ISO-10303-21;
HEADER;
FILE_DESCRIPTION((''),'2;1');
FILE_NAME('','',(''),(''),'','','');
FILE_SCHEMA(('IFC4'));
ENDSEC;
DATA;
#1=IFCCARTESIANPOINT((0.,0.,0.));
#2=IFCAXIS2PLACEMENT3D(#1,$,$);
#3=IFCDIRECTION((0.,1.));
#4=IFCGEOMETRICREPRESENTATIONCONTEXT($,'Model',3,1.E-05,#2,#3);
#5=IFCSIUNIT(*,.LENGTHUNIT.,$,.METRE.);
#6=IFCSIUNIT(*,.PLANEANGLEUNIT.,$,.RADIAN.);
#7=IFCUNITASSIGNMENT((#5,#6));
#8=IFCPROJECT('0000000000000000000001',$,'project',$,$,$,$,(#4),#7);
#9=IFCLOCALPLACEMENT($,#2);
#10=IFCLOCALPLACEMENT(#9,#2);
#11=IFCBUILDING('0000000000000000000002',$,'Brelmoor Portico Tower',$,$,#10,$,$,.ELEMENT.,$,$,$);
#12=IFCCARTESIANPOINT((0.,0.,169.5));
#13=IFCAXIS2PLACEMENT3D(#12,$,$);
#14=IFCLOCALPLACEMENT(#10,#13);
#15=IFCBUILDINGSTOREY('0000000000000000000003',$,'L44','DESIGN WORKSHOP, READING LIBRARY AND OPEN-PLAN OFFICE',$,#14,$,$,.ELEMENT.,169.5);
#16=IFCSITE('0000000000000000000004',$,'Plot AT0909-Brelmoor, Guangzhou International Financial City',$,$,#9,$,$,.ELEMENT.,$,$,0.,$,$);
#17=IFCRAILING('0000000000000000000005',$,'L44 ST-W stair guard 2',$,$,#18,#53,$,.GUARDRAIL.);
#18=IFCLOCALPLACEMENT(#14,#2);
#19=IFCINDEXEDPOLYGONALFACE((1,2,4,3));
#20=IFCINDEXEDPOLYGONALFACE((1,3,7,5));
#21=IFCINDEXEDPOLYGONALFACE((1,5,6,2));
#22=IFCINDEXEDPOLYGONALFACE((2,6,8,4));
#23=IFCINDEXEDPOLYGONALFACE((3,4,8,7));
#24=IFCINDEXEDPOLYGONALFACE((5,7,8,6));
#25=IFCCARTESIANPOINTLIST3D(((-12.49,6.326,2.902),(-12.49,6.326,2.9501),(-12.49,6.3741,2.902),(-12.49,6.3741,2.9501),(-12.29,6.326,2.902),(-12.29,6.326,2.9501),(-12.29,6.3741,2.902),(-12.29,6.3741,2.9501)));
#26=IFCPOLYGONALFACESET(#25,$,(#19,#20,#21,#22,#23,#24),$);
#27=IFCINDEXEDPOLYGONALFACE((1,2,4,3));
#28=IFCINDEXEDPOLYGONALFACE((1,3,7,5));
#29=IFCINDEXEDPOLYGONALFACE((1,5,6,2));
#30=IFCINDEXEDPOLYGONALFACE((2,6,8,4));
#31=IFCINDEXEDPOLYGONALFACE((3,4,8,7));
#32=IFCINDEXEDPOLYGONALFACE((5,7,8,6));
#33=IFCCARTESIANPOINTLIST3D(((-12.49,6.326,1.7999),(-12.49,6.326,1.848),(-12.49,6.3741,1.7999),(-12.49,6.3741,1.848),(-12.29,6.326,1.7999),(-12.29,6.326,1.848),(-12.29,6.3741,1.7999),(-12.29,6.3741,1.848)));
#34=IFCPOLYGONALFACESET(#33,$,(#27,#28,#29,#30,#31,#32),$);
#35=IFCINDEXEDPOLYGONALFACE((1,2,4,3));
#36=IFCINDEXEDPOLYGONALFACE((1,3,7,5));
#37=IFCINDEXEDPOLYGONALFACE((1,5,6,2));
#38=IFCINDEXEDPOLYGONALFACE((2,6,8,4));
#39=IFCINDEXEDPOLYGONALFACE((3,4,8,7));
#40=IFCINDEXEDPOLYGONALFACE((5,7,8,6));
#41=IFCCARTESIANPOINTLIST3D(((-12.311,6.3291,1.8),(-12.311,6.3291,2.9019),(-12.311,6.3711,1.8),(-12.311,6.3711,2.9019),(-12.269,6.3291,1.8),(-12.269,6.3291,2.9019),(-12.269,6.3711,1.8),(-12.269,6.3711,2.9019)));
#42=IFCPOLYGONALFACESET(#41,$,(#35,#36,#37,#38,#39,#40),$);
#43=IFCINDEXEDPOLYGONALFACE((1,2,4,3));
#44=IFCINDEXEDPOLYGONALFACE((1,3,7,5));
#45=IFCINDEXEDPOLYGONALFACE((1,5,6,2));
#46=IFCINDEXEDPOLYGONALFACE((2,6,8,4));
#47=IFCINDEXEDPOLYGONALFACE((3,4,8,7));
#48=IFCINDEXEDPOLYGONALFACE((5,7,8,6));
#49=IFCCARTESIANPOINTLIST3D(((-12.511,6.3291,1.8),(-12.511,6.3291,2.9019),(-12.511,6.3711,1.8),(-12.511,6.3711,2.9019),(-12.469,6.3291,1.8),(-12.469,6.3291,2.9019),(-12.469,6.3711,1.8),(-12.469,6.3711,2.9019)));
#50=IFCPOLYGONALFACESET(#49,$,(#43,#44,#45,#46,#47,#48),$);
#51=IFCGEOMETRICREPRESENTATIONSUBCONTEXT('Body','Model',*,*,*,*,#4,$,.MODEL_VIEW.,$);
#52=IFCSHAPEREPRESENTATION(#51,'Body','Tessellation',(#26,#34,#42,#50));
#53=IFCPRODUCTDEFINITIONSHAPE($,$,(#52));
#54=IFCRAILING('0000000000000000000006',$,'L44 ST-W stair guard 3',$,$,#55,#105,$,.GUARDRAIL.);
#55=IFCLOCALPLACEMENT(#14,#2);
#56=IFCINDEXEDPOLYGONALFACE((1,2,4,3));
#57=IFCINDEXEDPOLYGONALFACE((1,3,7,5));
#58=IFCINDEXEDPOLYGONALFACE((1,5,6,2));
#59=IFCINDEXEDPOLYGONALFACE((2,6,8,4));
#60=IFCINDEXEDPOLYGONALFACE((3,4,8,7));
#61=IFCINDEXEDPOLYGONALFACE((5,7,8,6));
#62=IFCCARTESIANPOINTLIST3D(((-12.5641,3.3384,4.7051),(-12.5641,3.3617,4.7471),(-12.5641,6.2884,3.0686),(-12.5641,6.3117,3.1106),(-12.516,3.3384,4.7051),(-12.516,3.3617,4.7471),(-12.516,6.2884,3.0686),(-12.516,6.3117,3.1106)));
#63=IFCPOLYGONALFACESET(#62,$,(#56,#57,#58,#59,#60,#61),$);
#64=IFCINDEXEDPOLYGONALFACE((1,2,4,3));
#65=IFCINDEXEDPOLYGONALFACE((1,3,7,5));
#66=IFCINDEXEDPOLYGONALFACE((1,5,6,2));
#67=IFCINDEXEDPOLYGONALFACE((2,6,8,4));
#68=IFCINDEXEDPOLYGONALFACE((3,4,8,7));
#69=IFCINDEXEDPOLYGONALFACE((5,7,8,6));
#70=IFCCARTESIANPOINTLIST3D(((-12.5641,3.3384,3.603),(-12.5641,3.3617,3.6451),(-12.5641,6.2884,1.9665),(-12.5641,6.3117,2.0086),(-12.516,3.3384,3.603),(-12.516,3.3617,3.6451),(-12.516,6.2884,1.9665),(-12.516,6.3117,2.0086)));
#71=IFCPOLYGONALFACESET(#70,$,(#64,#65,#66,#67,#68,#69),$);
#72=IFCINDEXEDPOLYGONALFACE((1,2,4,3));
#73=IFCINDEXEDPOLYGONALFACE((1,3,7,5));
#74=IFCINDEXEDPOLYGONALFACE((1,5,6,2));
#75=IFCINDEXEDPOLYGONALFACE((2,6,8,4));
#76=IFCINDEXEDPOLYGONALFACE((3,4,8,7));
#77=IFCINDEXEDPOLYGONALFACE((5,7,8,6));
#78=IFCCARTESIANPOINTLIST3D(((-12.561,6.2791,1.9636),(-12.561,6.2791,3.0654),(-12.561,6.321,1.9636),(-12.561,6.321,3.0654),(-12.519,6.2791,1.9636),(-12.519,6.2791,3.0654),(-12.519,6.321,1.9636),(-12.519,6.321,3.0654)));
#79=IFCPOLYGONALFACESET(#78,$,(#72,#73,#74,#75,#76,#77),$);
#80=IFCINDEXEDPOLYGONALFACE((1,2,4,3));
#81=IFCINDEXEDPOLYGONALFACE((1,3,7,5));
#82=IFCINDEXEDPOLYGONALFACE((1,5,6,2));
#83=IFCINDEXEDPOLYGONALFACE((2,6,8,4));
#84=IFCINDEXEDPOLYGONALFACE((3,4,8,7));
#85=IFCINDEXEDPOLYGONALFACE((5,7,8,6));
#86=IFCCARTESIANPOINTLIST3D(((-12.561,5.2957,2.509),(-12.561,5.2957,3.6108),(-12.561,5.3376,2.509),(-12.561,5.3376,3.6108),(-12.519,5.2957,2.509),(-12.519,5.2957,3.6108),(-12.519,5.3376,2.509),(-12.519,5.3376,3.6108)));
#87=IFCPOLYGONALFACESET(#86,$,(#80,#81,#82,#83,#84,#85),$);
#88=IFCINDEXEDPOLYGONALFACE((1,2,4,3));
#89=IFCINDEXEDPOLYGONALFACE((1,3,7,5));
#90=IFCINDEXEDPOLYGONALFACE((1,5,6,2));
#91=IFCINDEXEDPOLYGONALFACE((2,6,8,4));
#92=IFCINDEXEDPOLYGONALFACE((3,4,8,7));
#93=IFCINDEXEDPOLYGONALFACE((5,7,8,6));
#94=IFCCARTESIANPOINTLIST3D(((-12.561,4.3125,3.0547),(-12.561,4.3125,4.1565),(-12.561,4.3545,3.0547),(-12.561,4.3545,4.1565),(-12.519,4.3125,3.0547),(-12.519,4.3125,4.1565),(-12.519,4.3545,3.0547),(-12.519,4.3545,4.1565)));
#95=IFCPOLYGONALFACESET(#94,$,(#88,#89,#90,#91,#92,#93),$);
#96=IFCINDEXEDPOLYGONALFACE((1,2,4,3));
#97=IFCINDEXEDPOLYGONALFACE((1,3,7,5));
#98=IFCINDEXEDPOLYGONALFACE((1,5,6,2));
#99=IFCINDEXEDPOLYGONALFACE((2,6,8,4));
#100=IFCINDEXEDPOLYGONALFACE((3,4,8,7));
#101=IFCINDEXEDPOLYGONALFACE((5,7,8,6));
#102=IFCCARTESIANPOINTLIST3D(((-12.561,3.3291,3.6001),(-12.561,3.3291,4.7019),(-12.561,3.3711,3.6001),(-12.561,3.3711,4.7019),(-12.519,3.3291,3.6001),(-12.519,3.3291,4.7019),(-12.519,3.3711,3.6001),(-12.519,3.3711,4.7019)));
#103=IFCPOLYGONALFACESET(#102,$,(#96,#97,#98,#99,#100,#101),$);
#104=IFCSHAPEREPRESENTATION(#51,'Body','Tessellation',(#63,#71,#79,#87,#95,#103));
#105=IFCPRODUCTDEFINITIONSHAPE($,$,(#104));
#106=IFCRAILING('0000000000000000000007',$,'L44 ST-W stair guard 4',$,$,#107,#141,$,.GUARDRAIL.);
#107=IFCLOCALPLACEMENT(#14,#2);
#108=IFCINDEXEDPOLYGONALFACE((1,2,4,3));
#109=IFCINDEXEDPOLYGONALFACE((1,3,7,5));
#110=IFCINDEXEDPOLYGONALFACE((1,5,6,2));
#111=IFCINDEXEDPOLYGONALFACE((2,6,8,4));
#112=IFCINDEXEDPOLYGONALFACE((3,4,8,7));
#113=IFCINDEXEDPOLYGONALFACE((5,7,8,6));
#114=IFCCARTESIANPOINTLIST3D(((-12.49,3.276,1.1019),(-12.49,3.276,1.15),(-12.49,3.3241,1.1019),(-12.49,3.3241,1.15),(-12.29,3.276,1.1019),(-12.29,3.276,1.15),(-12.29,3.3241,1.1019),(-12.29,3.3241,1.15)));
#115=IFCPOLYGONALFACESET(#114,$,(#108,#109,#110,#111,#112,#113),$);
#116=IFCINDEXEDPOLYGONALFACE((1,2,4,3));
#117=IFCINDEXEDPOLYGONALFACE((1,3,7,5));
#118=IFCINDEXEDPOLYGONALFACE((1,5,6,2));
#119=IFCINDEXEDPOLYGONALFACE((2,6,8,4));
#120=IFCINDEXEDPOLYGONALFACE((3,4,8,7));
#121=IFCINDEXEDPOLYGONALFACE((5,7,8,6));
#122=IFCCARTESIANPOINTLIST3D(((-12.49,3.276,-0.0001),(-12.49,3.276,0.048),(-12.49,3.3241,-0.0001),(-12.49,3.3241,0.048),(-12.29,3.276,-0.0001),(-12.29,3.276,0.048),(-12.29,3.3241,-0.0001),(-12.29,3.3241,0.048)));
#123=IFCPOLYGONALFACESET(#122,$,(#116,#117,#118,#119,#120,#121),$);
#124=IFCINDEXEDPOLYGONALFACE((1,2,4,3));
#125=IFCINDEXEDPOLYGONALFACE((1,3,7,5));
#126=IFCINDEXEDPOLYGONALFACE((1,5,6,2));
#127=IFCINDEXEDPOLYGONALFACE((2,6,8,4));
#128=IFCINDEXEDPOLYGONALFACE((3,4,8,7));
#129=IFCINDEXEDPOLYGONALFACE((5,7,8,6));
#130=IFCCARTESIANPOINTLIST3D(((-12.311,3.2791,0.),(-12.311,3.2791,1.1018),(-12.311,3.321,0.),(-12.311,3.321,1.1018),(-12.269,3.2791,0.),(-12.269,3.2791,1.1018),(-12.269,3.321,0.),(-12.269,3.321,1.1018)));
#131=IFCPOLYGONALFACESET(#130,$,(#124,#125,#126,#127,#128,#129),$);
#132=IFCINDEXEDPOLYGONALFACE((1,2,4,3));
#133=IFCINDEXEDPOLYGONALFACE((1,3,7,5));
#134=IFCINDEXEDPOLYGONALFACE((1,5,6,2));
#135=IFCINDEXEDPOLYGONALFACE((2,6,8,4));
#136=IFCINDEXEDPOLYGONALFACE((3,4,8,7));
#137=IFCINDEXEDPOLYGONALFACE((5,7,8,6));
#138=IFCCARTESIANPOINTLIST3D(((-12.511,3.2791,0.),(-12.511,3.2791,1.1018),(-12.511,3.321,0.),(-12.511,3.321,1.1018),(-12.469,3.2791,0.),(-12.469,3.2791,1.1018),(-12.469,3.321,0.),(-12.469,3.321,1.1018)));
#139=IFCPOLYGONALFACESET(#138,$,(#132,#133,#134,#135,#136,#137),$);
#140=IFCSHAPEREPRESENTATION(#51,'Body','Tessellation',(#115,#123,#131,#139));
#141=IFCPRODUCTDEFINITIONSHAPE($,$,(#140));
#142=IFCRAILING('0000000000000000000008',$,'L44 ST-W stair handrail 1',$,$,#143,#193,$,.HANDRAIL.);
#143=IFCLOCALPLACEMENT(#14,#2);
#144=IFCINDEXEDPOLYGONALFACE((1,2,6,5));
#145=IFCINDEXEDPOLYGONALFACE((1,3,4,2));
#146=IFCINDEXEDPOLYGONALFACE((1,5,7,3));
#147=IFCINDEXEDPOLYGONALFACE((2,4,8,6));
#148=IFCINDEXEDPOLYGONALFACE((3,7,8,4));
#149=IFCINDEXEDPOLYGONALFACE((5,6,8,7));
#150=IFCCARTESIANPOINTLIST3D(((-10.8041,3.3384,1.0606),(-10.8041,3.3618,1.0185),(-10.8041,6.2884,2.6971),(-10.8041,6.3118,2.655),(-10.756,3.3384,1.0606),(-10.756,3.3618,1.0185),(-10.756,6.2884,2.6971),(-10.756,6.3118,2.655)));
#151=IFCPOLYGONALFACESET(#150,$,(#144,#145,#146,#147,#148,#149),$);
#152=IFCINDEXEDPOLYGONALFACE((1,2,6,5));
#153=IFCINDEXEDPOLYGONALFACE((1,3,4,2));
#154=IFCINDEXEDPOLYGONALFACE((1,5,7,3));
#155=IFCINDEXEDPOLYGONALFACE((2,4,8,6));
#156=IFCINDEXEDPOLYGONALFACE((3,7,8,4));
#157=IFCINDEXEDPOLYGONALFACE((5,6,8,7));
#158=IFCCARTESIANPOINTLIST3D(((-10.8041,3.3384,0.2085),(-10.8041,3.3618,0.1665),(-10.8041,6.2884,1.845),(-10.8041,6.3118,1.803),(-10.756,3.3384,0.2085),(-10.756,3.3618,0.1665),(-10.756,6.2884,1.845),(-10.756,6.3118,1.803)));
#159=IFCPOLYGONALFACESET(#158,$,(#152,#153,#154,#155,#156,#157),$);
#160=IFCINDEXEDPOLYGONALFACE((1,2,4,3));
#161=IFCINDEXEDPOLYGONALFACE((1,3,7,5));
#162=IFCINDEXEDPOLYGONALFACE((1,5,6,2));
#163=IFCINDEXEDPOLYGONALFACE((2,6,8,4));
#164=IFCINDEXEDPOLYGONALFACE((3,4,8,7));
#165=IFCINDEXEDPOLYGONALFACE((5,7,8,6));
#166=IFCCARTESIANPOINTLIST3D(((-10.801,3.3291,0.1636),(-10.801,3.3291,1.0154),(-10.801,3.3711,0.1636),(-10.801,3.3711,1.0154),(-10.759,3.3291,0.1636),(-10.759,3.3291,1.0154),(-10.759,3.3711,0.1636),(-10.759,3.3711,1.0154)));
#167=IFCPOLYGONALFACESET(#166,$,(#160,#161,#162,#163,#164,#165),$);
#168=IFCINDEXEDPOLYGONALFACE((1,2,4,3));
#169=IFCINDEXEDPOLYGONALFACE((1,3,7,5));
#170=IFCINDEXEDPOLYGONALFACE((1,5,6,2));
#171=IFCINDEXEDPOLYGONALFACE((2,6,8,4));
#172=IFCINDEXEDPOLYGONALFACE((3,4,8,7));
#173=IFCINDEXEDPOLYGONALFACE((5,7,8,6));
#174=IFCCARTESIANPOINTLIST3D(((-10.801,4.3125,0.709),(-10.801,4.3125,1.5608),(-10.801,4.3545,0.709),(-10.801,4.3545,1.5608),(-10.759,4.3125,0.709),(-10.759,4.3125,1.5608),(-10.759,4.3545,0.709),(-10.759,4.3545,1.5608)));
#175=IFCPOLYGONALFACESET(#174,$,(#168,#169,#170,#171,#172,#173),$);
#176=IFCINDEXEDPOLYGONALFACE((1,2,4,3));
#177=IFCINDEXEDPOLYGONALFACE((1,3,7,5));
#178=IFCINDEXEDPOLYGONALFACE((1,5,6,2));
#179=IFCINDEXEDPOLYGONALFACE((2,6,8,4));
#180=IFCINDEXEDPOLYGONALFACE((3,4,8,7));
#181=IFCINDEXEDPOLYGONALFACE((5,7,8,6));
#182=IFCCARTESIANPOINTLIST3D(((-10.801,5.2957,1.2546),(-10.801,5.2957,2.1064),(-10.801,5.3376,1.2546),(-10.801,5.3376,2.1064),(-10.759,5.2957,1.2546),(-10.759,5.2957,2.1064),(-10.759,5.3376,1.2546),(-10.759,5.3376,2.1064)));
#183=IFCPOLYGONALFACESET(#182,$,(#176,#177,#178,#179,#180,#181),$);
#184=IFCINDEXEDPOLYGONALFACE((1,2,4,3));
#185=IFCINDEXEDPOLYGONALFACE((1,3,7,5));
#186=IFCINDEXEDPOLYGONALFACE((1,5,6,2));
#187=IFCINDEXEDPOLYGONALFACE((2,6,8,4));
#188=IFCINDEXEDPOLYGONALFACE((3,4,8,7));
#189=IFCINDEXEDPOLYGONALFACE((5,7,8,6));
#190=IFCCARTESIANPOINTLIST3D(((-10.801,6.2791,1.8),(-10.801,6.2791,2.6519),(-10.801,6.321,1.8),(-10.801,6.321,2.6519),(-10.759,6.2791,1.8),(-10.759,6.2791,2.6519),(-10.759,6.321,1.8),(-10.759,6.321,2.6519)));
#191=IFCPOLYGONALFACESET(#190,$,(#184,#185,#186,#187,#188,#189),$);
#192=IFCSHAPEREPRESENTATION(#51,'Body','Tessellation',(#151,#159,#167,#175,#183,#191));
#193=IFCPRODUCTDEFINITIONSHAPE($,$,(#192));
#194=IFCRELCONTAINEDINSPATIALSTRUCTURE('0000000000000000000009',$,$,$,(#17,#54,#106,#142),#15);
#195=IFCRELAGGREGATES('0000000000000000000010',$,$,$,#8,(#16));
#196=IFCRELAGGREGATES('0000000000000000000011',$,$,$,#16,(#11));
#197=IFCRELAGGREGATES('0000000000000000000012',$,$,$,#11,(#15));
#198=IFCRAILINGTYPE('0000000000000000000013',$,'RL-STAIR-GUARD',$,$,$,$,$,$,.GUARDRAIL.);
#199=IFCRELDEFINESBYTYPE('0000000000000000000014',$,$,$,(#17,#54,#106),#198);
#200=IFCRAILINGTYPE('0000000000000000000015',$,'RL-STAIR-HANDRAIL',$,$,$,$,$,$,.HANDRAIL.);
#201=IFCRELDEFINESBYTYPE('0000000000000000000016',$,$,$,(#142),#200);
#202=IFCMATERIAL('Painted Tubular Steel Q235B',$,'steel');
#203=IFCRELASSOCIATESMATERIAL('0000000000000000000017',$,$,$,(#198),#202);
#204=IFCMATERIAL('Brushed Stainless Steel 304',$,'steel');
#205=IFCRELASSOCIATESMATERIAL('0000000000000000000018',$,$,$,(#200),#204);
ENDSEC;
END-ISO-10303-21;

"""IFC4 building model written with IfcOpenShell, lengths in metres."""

from ifc_helpers import new_model, si_unit, direction, frame, origin, origin_2d, place, context, subcontext, project, spatial, rectangle, extrude, material, type_object, element, save


model = new_model("IFC4")

# Units and contexts
model_context = context("Model", 3, precision=1e-05, world=origin(), true_north=direction((0.0, 1.0)))
body_context = subcontext(model_context, "Body", "Model", "MODEL_VIEW")
ifc_project = project(units=[si_unit("LENGTHUNIT", "METRE"), si_unit("PLANEANGLEUNIT", "RADIAN")], contexts=[model_context])

# Site, building, storey
site_placement = place(None, origin())
site = spatial("IfcSite", under=ifc_project, at=site_placement, Name="Plot AT0909-Brelmoor, Guangzhou International Financial City", CompositionType="ELEMENT", RefElevation=0.0)
building_placement = place(site_placement, origin())
building = spatial("IfcBuilding", under=site, at=building_placement, Name="Brelmoor Portico Tower", CompositionType="ELEMENT")
storey_placement = place(building_placement, frame((0.0, 0.0, 169.5)))
storey = spatial("IfcBuildingStorey", under=building, at=storey_placement, Name="L44", Description="DESIGN WORKSHOP, READING LIBRARY AND OPEN-PLAN OFFICE", CompositionType="ELEMENT", Elevation=169.5)

# Railings
ifc_material_1 = material(Name="Painted Tubular Steel Q235B", Category="steel")
railing_type_1 = type_object("IfcRailingType", Name="RL-STAIR-GUARD", PredefinedType="GUARDRAIL", material=ifc_material_1)
railing_1_placement = place(storey_placement, frame((-12.29, 6.3501, 1.8)))
element("IfcRailing", 1, at=railing_1_placement, inside=storey, type_object=railing_type_1, Name="L44 ST-W stair guard 2", PredefinedType="GUARDRAIL", context=body_context, shape_type="SweptSolid", body=[
    extrude(rectangle(XDim=0.0481, YDim=0.0481, at=origin_2d()), frame((0.0, 0.0, 1.126), z_axis=(-1.0, 0.0, 0.0), x_axis=(0.0, -1.0, 0.0)), (0.0, 0.0, 1.0), 0.2),
    extrude(rectangle(XDim=0.0481, YDim=0.0481, at=origin_2d()), frame((0.0, 0.0, 0.0239), z_axis=(-1.0, 0.0, 0.0), x_axis=(0.0, -1.0, 0.0)), (0.0, 0.0, 1.0), 0.2),
    extrude(rectangle(XDim=0.042, YDim=0.042, at=origin_2d()), origin(), (0.0, 0.0, 1.0), 1.1018),
    extrude(rectangle(XDim=0.042, YDim=0.042, at=origin_2d()), frame((-0.2, 0.0, 0.0)), (0.0, 0.0, 1.0), 1.1018),
])
railing_2_placement = place(storey_placement, frame((-12.54, 6.3, 1.9636)))
element("IfcRailing", 2, at=railing_2_placement, inside=storey, type_object=railing_type_1, Name="L44 ST-W stair guard 3", PredefinedType="GUARDRAIL", context=body_context, shape_type="SweptSolid", body=[
    extrude(rectangle(XDim=0.0481, YDim=0.0481, at=origin_2d()), frame((0.0, 0.0, 1.126), z_axis=(0.0, -0.874458, 0.485102), x_axis=(1.0, 0.0, 0.0)), (0.0, 0.0, 1.0), 3.3735),
    extrude(rectangle(XDim=0.0481, YDim=0.0481, at=origin_2d()), frame((0.0, 0.0, 0.0239), z_axis=(0.0, -0.874458, 0.485102), x_axis=(1.0, 0.0, 0.0)), (0.0, 0.0, 1.0), 3.3735),
    extrude(rectangle(XDim=0.042, YDim=0.042, at=origin_2d()), origin(), (0.0, 0.0, 1.0), 1.1018),
    extrude(rectangle(XDim=0.042, YDim=0.042, at=origin_2d()), frame((0.0, -0.9834, 0.5454)), (0.0, 0.0, 1.0), 1.1018),
    extrude(rectangle(XDim=0.042, YDim=0.042, at=origin_2d()), frame((0.0, -1.9666, 1.0911)), (0.0, 0.0, 1.0), 1.1018),
    extrude(rectangle(XDim=0.042, YDim=0.042, at=origin_2d()), frame((0.0, -2.95, 1.6365)), (0.0, 0.0, 1.0), 1.1018),
])
railing_3_placement = place(storey_placement, frame((-12.29, 3.3, 0.0)))
element("IfcRailing", 3, at=railing_3_placement, inside=storey, type_object=railing_type_1, Name="L44 ST-W stair guard 4", PredefinedType="GUARDRAIL", context=body_context, shape_type="SweptSolid", body=[
    extrude(rectangle(XDim=0.0481, YDim=0.0481, at=origin_2d()), frame((0.0, 0.0, 1.126), z_axis=(-1.0, 0.0, 0.0), x_axis=(0.0, -1.0, 0.0)), (0.0, 0.0, 1.0), 0.2),
    extrude(rectangle(XDim=0.0481, YDim=0.0481, at=origin_2d()), frame((0.0, 0.0, 0.0239), z_axis=(-1.0, 0.0, 0.0), x_axis=(0.0, -1.0, 0.0)), (0.0, 0.0, 1.0), 0.2),
    extrude(rectangle(XDim=0.042, YDim=0.042, at=origin_2d()), origin(), (0.0, 0.0, 1.0), 1.1018),
    extrude(rectangle(XDim=0.042, YDim=0.042, at=origin_2d()), frame((-0.2, 0.0, 0.0)), (0.0, 0.0, 1.0), 1.1018),
])
ifc_material_2 = material(Name="Brushed Stainless Steel 304", Category="steel")
railing_type_2 = type_object("IfcRailingType", Name="RL-STAIR-HANDRAIL", PredefinedType="HANDRAIL", material=ifc_material_2)
railing_4_placement = place(storey_placement, frame((-10.78, 3.3501, 0.1636)))
element("IfcRailing", 4, at=railing_4_placement, inside=storey, type_object=railing_type_2, Name="L44 ST-W stair handrail 1", PredefinedType="HANDRAIL", context=body_context, shape_type="SweptSolid", body=[
    extrude(rectangle(XDim=0.0481, YDim=0.0481, at=origin_2d()), frame((0.0, 0.0, 0.876), z_axis=(0.0, 0.874458, 0.485102), x_axis=(-1.0, 0.0, 0.0)), (0.0, 0.0, 1.0), 3.3735),
    extrude(rectangle(XDim=0.0481, YDim=0.0481, at=origin_2d()), frame((0.0, 0.0, 0.0239), z_axis=(0.0, 0.874458, 0.485102), x_axis=(-1.0, 0.0, 0.0)), (0.0, 0.0, 1.0), 3.3735),
    extrude(rectangle(XDim=0.042, YDim=0.042, at=origin_2d()), origin(), (0.0, 0.0, 1.0), 0.8518),
    extrude(rectangle(XDim=0.042, YDim=0.042, at=origin_2d()), frame((0.0, 0.9834, 0.5454)), (0.0, 0.0, 1.0), 0.8518),
    extrude(rectangle(XDim=0.042, YDim=0.042, at=origin_2d()), frame((0.0, 1.9666, 1.0911)), (0.0, 0.0, 1.0), 0.8518),
    extrude(rectangle(XDim=0.042, YDim=0.042, at=origin_2d()), frame((0.0, 2.95, 1.6365)), (0.0, 0.0, 1.0), 0.8518),
])

save(model, "model.ifc")
